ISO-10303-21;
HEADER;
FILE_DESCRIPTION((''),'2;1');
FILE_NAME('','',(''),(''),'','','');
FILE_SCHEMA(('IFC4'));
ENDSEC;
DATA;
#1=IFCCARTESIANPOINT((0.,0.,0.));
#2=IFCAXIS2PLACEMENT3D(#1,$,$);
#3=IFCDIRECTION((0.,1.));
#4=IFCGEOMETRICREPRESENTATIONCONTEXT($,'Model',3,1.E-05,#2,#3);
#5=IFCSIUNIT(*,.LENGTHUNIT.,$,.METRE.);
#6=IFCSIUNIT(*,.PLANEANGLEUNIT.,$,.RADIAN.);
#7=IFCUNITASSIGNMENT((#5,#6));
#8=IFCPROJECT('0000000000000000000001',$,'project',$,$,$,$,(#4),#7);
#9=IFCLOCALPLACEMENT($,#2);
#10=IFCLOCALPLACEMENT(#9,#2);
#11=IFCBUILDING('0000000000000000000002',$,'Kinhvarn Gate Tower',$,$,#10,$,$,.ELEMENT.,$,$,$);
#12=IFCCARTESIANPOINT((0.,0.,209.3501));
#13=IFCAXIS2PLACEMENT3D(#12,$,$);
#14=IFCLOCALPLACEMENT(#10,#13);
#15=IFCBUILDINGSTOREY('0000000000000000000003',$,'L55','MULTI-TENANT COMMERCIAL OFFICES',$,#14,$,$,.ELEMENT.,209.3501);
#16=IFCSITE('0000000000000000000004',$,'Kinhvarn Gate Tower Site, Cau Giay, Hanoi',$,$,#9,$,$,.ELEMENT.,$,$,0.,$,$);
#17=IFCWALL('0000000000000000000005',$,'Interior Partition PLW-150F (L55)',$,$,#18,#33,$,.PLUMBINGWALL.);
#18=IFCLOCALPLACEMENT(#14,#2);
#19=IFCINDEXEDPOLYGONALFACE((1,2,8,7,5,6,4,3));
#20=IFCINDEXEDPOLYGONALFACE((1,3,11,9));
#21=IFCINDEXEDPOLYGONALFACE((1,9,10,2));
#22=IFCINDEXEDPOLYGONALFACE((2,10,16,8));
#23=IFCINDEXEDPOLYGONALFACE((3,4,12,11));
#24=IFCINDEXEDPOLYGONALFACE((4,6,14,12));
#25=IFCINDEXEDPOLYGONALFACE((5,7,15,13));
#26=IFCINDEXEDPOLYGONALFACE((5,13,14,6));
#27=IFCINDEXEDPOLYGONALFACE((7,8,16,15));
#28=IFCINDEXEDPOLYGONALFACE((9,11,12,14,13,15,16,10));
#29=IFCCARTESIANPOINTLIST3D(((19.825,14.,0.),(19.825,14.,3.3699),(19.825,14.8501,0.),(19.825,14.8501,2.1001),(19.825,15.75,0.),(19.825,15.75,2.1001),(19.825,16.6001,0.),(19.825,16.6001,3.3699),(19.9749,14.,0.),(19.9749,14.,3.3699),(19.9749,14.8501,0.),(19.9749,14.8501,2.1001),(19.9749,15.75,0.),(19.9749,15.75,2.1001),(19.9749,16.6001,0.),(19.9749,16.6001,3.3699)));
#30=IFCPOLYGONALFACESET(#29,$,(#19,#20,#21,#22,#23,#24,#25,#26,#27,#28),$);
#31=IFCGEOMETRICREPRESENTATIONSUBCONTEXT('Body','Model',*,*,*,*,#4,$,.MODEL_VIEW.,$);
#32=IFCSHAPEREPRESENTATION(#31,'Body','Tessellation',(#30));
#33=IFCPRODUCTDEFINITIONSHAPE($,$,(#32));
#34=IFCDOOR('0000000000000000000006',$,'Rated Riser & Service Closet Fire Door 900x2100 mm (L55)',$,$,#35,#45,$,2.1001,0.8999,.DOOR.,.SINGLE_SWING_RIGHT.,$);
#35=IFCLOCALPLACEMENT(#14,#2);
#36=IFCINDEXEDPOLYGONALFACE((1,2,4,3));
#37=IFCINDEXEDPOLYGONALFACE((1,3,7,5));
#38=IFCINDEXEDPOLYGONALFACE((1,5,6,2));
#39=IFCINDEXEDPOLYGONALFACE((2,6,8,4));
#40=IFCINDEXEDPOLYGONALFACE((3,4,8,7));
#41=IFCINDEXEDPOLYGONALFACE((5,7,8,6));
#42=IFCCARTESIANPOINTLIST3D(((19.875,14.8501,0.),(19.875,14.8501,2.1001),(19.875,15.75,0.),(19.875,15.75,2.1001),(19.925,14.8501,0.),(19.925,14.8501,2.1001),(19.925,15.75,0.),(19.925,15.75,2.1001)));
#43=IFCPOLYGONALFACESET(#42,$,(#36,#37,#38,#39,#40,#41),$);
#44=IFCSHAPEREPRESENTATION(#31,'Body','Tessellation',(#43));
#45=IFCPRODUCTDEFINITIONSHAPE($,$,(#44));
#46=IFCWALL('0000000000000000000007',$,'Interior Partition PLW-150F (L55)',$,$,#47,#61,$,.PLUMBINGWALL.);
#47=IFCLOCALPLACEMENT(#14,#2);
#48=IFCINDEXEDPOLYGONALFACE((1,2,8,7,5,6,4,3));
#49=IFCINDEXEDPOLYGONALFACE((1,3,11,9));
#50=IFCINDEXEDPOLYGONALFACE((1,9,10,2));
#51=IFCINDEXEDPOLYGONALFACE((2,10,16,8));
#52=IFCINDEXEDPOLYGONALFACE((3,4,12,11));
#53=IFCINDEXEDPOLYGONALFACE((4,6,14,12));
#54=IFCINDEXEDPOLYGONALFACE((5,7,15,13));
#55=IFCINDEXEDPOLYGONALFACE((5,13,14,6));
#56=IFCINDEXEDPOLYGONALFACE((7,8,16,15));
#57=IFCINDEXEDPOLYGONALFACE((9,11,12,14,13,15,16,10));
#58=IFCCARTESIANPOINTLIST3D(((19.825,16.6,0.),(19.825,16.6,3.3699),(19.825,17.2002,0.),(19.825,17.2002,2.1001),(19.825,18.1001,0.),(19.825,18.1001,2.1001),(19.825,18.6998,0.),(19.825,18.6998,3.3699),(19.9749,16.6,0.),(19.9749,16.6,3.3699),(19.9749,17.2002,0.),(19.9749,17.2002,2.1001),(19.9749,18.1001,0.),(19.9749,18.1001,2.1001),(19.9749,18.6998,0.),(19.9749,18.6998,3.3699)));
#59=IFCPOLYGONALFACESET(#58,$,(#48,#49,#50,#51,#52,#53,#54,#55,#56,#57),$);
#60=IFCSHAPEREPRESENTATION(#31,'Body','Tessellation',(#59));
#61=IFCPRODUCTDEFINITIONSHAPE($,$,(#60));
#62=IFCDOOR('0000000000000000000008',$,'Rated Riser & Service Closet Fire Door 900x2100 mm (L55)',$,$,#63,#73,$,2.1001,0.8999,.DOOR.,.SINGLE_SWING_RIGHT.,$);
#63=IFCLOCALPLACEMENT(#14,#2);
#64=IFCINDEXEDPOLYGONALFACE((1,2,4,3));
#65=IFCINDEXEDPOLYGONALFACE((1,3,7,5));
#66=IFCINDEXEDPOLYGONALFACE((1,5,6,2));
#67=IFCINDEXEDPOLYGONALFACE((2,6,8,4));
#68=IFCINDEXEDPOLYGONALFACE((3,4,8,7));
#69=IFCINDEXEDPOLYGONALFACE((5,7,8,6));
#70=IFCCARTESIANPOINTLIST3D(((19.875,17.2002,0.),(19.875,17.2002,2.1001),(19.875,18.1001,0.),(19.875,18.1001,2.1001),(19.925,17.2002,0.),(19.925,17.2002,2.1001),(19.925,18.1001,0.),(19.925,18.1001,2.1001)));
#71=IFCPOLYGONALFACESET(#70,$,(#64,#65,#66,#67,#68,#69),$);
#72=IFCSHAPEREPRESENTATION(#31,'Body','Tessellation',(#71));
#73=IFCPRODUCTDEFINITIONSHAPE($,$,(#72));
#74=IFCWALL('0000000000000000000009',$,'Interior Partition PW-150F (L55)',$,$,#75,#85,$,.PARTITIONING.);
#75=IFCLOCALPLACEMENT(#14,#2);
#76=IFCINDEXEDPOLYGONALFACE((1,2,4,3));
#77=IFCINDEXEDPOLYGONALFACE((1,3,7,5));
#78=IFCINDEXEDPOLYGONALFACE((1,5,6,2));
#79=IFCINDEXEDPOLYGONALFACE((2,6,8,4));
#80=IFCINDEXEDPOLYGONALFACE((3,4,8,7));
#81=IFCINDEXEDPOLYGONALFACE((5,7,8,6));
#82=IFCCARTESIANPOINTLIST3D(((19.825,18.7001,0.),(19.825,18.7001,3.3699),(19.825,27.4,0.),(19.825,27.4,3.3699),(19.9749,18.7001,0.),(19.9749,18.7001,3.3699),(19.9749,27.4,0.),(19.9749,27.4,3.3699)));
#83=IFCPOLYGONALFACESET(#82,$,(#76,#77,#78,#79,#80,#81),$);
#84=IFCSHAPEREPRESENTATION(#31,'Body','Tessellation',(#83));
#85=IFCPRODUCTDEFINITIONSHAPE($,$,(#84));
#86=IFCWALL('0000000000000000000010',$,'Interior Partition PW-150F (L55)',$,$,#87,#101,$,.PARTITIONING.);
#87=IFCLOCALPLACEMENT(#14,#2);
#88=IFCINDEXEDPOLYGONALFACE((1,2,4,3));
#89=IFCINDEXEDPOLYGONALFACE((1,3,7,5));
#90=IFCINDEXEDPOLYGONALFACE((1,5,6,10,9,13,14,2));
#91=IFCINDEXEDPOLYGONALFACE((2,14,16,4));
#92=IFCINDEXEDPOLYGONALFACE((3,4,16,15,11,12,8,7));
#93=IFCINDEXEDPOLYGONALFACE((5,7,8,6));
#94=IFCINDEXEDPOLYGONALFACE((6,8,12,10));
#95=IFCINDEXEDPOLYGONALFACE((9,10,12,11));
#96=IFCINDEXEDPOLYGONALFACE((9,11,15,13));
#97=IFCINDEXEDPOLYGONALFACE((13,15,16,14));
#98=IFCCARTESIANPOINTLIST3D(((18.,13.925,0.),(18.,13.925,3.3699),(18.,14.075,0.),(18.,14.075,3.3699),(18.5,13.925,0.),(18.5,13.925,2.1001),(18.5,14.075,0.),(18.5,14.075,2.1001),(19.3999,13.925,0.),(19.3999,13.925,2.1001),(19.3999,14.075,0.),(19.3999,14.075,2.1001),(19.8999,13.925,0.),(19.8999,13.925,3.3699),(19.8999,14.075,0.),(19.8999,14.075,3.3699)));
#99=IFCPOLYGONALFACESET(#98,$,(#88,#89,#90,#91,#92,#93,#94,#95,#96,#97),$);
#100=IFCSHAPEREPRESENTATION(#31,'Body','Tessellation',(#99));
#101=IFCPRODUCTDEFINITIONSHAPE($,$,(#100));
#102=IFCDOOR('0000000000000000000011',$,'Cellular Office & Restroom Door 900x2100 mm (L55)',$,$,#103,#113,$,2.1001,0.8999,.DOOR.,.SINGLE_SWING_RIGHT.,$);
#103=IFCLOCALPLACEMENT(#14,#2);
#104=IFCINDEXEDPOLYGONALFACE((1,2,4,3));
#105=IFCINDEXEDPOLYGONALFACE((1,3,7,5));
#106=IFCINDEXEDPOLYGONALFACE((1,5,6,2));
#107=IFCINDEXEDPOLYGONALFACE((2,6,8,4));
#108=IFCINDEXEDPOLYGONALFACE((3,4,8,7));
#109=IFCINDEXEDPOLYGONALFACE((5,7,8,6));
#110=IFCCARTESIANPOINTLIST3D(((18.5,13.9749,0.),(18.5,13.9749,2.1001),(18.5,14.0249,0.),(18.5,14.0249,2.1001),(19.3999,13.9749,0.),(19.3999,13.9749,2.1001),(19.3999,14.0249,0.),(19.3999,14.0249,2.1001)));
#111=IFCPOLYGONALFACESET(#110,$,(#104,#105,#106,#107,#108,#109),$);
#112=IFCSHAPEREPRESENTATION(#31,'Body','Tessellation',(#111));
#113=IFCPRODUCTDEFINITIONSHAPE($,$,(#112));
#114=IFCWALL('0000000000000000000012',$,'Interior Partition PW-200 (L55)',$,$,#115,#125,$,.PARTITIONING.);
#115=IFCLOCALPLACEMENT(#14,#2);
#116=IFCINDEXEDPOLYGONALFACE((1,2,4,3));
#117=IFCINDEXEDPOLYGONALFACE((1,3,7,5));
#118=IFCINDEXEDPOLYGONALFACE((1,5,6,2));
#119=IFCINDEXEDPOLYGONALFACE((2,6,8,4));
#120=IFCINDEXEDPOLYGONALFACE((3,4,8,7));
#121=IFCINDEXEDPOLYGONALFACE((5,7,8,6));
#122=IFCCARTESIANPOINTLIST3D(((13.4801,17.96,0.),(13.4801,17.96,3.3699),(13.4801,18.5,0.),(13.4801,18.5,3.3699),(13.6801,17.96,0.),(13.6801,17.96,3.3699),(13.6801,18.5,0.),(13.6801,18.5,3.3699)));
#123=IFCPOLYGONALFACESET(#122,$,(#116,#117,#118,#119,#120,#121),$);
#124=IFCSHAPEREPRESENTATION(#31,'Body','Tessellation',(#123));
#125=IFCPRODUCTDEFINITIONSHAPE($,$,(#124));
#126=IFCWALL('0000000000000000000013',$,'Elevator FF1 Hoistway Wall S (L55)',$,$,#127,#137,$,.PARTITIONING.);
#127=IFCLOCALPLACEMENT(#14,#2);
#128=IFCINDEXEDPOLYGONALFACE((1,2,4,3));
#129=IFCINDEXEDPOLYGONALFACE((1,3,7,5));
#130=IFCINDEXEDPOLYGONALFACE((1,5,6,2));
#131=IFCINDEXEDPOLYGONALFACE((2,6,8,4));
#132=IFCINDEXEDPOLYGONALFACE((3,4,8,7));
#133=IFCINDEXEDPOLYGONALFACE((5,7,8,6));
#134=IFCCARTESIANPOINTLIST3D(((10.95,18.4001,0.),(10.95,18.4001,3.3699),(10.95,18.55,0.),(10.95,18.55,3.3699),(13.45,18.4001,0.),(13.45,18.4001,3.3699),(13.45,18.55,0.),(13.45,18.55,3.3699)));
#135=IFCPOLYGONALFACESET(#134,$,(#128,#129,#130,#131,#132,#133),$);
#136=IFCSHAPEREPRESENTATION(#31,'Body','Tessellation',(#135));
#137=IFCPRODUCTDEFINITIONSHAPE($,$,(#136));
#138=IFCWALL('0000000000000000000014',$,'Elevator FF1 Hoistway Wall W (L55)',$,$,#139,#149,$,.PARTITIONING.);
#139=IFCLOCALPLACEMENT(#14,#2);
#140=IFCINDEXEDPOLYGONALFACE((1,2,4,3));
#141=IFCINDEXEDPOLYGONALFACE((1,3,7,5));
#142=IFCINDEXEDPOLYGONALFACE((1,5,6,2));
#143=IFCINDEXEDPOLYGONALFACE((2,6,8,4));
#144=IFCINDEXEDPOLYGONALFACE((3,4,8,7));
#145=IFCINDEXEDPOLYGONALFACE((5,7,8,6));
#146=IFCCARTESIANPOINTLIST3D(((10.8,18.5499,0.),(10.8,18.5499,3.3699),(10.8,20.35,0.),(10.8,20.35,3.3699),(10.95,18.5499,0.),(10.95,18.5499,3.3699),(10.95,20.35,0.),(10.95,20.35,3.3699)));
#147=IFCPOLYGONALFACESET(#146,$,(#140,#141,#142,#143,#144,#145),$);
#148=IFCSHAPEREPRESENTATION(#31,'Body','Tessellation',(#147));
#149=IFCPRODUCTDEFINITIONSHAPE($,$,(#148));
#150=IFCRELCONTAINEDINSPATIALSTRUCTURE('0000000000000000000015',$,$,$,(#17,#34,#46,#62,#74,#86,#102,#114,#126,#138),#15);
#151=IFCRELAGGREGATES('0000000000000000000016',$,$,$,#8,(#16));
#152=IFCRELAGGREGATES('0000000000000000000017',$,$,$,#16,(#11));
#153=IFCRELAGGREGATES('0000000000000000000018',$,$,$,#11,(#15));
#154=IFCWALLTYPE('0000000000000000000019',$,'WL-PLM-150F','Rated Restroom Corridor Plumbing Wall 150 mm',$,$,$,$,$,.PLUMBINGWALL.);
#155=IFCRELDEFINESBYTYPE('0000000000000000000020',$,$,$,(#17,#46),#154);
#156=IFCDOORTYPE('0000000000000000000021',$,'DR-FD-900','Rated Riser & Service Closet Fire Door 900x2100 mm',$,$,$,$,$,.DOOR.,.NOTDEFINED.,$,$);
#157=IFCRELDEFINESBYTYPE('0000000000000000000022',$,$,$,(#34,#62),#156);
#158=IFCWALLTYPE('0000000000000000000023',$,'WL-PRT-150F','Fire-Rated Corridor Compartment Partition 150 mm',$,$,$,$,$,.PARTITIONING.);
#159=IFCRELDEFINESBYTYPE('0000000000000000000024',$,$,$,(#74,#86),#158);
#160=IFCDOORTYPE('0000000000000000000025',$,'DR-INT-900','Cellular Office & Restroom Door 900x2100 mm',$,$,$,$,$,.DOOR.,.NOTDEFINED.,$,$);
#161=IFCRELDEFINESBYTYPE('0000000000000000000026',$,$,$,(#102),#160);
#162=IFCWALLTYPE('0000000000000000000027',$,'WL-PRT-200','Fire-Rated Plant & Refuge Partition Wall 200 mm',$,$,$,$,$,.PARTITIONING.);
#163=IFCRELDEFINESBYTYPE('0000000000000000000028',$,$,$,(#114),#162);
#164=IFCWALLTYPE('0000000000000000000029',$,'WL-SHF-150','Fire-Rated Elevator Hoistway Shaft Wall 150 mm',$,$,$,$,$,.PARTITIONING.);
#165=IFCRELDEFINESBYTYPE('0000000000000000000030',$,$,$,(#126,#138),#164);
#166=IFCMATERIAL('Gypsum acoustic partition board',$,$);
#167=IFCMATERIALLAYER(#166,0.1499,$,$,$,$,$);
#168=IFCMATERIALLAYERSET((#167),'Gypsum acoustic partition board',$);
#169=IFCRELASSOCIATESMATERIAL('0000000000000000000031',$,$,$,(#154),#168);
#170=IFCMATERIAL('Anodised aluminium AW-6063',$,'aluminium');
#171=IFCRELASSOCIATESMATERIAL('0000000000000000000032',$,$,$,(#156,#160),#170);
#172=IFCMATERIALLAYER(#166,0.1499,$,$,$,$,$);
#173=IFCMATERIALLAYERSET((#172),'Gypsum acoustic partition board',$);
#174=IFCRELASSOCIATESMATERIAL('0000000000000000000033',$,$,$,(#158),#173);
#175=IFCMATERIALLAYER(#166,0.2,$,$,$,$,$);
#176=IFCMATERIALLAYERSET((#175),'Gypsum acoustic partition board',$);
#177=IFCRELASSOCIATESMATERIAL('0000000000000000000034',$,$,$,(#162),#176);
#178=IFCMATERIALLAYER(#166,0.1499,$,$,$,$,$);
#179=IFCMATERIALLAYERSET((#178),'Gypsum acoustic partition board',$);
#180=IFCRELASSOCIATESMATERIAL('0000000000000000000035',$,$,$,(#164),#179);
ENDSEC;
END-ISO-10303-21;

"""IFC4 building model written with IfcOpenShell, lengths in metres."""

from ifc_helpers import new_model, si_unit, direction, frame, frame_2d, origin, place, context, subcontext, project, spatial, rectangle, extrude, material, layer, layer_set, type_object, element, fill, save


model = new_model("IFC4")

# Units and contexts
model_context = context("Model", 3, precision=1e-05, world=origin(), true_north=direction((0.0, 1.0)))
body_context = subcontext(model_context, "Body", "Model", "MODEL_VIEW")
ifc_project = project(units=[si_unit("LENGTHUNIT", "METRE"), si_unit("PLANEANGLEUNIT", "RADIAN")], contexts=[model_context])

# Site, building, storey
site_placement = place(None, origin())
site = spatial("IfcSite", under=ifc_project, at=site_placement, Name="Kinhvarn Gate Tower Site, Cau Giay, Hanoi", CompositionType="ELEMENT", RefElevation=0.0)
building_placement = place(site_placement, origin())
building = spatial("IfcBuilding", under=site, at=building_placement, Name="Kinhvarn Gate Tower", CompositionType="ELEMENT")
storey_placement = place(building_placement, frame((0.0, 0.0, 209.3501)))
storey = spatial("IfcBuildingStorey", under=building, at=storey_placement, Name="L55", Description="MULTI-TENANT COMMERCIAL OFFICES", CompositionType="ELEMENT", Elevation=209.3501)

# Shared definitions
ifc_material_1 = material(Name="Anodised aluminium AW-6063", Category="aluminium")

# Shared definitions
ifc_material_2 = material(Name="Gypsum acoustic partition board")

# Walls, openings, doors
ifc_layer_1 = layer(ifc_material_2, 0.1499)
ifc_layer_set_1 = layer_set([ifc_layer_1], Name="Gypsum acoustic partition board")
wall_type_1 = type_object("IfcWallType", Name="WL-PLM-150F", Description="Rated Restroom Corridor Plumbing Wall 150 mm", PredefinedType="PLUMBINGWALL", material=ifc_layer_set_1)
wall_1_placement = place(storey_placement, frame((19.8999, 14.0, 0.0), z_axis=(0.0, 0.0, 1.0), x_axis=(0.0, 1.0, 0.0)))
wall_1 = element("IfcWall", 1, at=wall_1_placement, inside=storey, type_object=wall_type_1, Name="Interior Partition PLW-150F (L55)", PredefinedType="PLUMBINGWALL", context=body_context, shape_type="SweptSolid", body=[
    extrude(rectangle(XDim=2.6001, YDim=0.1499, at=frame_2d((1.3, 0.0))), origin(), (0.0, 0.0, 1.0), 3.3699),
])
opening_1_placement = place(wall_1_placement, frame((0.8501, 0.0, 0.0)))
opening_1 = element("IfcOpeningElement", 2, at=opening_1_placement, cuts=wall_1, PredefinedType="OPENING", context=body_context, shape_type="SweptSolid", body=[
    extrude(rectangle(XDim=0.8999, YDim=2.1001, at=frame_2d((0.45, 1.05))), frame((0.0, 0.085, 0.0), z_axis=(0.0, -1.0, 0.0), x_axis=(1.0, 0.0, 0.0)), (0.0, 0.0, 1.0), 0.1699),
])
door_type_1 = type_object("IfcDoorType", Name="DR-FD-900", Description="Rated Riser & Service Closet Fire Door 900x2100 mm", OperationType="NOTDEFINED", PredefinedType="DOOR", material=ifc_material_1)
door_1_placement = place(opening_1_placement, origin())
door_1 = element("IfcDoor", 3, at=door_1_placement, inside=storey, type_object=door_type_1, Name="Rated Riser & Service Closet Fire Door 900x2100 mm (L55)", OperationType="SINGLE_SWING_RIGHT", OverallHeight=2.1001, OverallWidth=0.8999, PredefinedType="DOOR", context=body_context, shape_type="SweptSolid", body=[
    extrude(rectangle(XDim=0.8999, YDim=2.1001, at=frame_2d((0.45, 1.05))), frame((0.0, 0.0249, 0.0), z_axis=(0.0, -1.0, 0.0), x_axis=(1.0, 0.0, 0.0)), (0.0, 0.0, 1.0), 0.05),
])
fill(opening_1, door_1)
wall_2_placement = place(storey_placement, frame((19.8999, 16.6001, 0.0), z_axis=(0.0, 0.0, 1.0), x_axis=(0.0, 1.0, 0.0)))
wall_2 = element("IfcWall", 4, at=wall_2_placement, inside=storey, type_object=wall_type_1, Name="Interior Partition PLW-150F (L55)", PredefinedType="PLUMBINGWALL", context=body_context, shape_type="SweptSolid", body=[
    extrude(rectangle(XDim=2.0999, YDim=0.1499, at=frame_2d((1.0498, 0.0))), origin(), (0.0, 0.0, 1.0), 3.3699),
])
opening_2_placement = place(wall_2_placement, frame((0.6001, 0.0, 0.0)))
opening_2 = element("IfcOpeningElement", 5, at=opening_2_placement, cuts=wall_2, PredefinedType="OPENING", context=body_context, shape_type="SweptSolid", body=[
    extrude(rectangle(XDim=0.8999, YDim=2.1001, at=frame_2d((0.45, 1.05))), frame((0.0, 0.085, 0.0), z_axis=(0.0, -1.0, 0.0), x_axis=(1.0, 0.0, 0.0)), (0.0, 0.0, 1.0), 0.1699),
])
door_2_placement = place(opening_2_placement, origin())
door_2 = element("IfcDoor", 6, at=door_2_placement, inside=storey, type_object=door_type_1, Name="Rated Riser & Service Closet Fire Door 900x2100 mm (L55)", OperationType="SINGLE_SWING_RIGHT", OverallHeight=2.1001, OverallWidth=0.8999, PredefinedType="DOOR", context=body_context, shape_type="SweptSolid", body=[
    extrude(rectangle(XDim=0.8999, YDim=2.1001, at=frame_2d((0.45, 1.05))), frame((0.0, 0.0249, 0.0), z_axis=(0.0, -1.0, 0.0), x_axis=(1.0, 0.0, 0.0)), (0.0, 0.0, 1.0), 0.05),
])
fill(opening_2, door_2)

# Wall
ifc_layer_2 = layer(ifc_material_2, 0.1499)
ifc_layer_set_2 = layer_set([ifc_layer_2], Name="Gypsum acoustic partition board")
wall_type_2 = type_object("IfcWallType", Name="WL-PRT-150F", Description="Fire-Rated Corridor Compartment Partition 150 mm", PredefinedType="PARTITIONING", material=ifc_layer_set_2)
wall_3_placement = place(storey_placement, frame((19.8999, 18.7, 0.0), z_axis=(0.0, 0.0, 1.0), x_axis=(0.0, 1.0, 0.0)))
element("IfcWall", 7, at=wall_3_placement, inside=storey, type_object=wall_type_2, Name="Interior Partition PW-150F (L55)", PredefinedType="PARTITIONING", context=body_context, shape_type="SweptSolid", body=[
    extrude(rectangle(XDim=8.7, YDim=0.1499, at=frame_2d((4.3501, 0.0))), origin(), (0.0, 0.0, 1.0), 3.3699),
])

# Wall, opening, door
wall_4_placement = place(storey_placement, frame((18.0, 14.0, 0.0), z_axis=(0.0, 0.0, 1.0), x_axis=(1.0, 0.0, 0.0)))
wall_4 = element("IfcWall", 8, at=wall_4_placement, inside=storey, type_object=wall_type_2, Name="Interior Partition PW-150F (L55)", PredefinedType="PARTITIONING", context=body_context, shape_type="SweptSolid", body=[
    extrude(rectangle(XDim=1.8999, YDim=0.1499, at=frame_2d((0.95, 0.0))), origin(), (0.0, 0.0, 1.0), 3.3699),
])
opening_3_placement = place(wall_4_placement, frame((0.5, 0.0, 0.0)))
opening_3 = element("IfcOpeningElement", 9, at=opening_3_placement, cuts=wall_4, PredefinedType="OPENING", context=body_context, shape_type="SweptSolid", body=[
    extrude(rectangle(XDim=0.8999, YDim=2.1001, at=frame_2d((0.45, 1.05))), frame((0.0, 0.085, 0.0), z_axis=(0.0, -1.0, 0.0), x_axis=(1.0, 0.0, 0.0)), (0.0, 0.0, 1.0), 0.1699),
])
door_type_2 = type_object("IfcDoorType", Name="DR-INT-900", Description="Cellular Office & Restroom Door 900x2100 mm", OperationType="NOTDEFINED", PredefinedType="DOOR", material=ifc_material_1)
door_3_placement = place(opening_3_placement, origin())
door_3 = element("IfcDoor", 10, at=door_3_placement, inside=storey, type_object=door_type_2, Name="Cellular Office & Restroom Door 900x2100 mm (L55)", OperationType="SINGLE_SWING_RIGHT", OverallHeight=2.1001, OverallWidth=0.8999, PredefinedType="DOOR", context=body_context, shape_type="SweptSolid", body=[
    extrude(rectangle(XDim=0.8999, YDim=2.1001, at=frame_2d((0.45, 1.05))), frame((0.0, 0.0249, 0.0), z_axis=(0.0, -1.0, 0.0), x_axis=(1.0, 0.0, 0.0)), (0.0, 0.0, 1.0), 0.05),
])
fill(opening_3, door_3)

# Walls
ifc_layer_3 = layer(ifc_material_2, 0.2)
ifc_layer_set_3 = layer_set([ifc_layer_3], Name="Gypsum acoustic partition board")
wall_type_3 = type_object("IfcWallType", Name="WL-PRT-200", Description="Fire-Rated Plant & Refuge Partition Wall 200 mm", PredefinedType="PARTITIONING", material=ifc_layer_set_3)
wall_5_placement = place(storey_placement, frame((13.5801, 17.96, 0.0), z_axis=(0.0, 0.0, 1.0), x_axis=(0.0, 1.0, 0.0)))
element("IfcWall", 11, at=wall_5_placement, inside=storey, type_object=wall_type_3, Name="Interior Partition PW-200 (L55)", PredefinedType="PARTITIONING", context=body_context, shape_type="SweptSolid", body=[
    extrude(rectangle(XDim=0.54, YDim=0.2, at=frame_2d((0.27, 0.0))), origin(), (0.0, 0.0, 1.0), 3.3699),
])
ifc_layer_4 = layer(ifc_material_2, 0.1499)
ifc_layer_set_4 = layer_set([ifc_layer_4], Name="Gypsum acoustic partition board")
wall_type_4 = type_object("IfcWallType", Name="WL-SHF-150", Description="Fire-Rated Elevator Hoistway Shaft Wall 150 mm", PredefinedType="PARTITIONING", material=ifc_layer_set_4)
wall_6_placement = place(storey_placement, frame((10.95, 18.4751, 0.0), z_axis=(0.0, 0.0, 1.0), x_axis=(1.0, 0.0, 0.0)))
element("IfcWall", 12, at=wall_6_placement, inside=storey, type_object=wall_type_4, Name="Elevator FF1 Hoistway Wall S (L55)", PredefinedType="PARTITIONING", context=body_context, shape_type="SweptSolid", body=[
    extrude(rectangle(XDim=2.5, YDim=0.1499, at=frame_2d((1.25, 0.0))), origin(), (0.0, 0.0, 1.0), 3.3699),
])
wall_7_placement = place(storey_placement, frame((10.875, 18.55, 0.0), z_axis=(0.0, 0.0, 1.0), x_axis=(0.0, 1.0, 0.0)))
element("IfcWall", 13, at=wall_7_placement, inside=storey, type_object=wall_type_4, Name="Elevator FF1 Hoistway Wall W (L55)", PredefinedType="PARTITIONING", context=body_context, shape_type="SweptSolid", body=[
    extrude(rectangle(XDim=1.8, YDim=0.1499, at=frame_2d((0.8999, 0.0))), origin(), (0.0, 0.0, 1.0), 3.3699),
])

save(model, "model.ifc")
